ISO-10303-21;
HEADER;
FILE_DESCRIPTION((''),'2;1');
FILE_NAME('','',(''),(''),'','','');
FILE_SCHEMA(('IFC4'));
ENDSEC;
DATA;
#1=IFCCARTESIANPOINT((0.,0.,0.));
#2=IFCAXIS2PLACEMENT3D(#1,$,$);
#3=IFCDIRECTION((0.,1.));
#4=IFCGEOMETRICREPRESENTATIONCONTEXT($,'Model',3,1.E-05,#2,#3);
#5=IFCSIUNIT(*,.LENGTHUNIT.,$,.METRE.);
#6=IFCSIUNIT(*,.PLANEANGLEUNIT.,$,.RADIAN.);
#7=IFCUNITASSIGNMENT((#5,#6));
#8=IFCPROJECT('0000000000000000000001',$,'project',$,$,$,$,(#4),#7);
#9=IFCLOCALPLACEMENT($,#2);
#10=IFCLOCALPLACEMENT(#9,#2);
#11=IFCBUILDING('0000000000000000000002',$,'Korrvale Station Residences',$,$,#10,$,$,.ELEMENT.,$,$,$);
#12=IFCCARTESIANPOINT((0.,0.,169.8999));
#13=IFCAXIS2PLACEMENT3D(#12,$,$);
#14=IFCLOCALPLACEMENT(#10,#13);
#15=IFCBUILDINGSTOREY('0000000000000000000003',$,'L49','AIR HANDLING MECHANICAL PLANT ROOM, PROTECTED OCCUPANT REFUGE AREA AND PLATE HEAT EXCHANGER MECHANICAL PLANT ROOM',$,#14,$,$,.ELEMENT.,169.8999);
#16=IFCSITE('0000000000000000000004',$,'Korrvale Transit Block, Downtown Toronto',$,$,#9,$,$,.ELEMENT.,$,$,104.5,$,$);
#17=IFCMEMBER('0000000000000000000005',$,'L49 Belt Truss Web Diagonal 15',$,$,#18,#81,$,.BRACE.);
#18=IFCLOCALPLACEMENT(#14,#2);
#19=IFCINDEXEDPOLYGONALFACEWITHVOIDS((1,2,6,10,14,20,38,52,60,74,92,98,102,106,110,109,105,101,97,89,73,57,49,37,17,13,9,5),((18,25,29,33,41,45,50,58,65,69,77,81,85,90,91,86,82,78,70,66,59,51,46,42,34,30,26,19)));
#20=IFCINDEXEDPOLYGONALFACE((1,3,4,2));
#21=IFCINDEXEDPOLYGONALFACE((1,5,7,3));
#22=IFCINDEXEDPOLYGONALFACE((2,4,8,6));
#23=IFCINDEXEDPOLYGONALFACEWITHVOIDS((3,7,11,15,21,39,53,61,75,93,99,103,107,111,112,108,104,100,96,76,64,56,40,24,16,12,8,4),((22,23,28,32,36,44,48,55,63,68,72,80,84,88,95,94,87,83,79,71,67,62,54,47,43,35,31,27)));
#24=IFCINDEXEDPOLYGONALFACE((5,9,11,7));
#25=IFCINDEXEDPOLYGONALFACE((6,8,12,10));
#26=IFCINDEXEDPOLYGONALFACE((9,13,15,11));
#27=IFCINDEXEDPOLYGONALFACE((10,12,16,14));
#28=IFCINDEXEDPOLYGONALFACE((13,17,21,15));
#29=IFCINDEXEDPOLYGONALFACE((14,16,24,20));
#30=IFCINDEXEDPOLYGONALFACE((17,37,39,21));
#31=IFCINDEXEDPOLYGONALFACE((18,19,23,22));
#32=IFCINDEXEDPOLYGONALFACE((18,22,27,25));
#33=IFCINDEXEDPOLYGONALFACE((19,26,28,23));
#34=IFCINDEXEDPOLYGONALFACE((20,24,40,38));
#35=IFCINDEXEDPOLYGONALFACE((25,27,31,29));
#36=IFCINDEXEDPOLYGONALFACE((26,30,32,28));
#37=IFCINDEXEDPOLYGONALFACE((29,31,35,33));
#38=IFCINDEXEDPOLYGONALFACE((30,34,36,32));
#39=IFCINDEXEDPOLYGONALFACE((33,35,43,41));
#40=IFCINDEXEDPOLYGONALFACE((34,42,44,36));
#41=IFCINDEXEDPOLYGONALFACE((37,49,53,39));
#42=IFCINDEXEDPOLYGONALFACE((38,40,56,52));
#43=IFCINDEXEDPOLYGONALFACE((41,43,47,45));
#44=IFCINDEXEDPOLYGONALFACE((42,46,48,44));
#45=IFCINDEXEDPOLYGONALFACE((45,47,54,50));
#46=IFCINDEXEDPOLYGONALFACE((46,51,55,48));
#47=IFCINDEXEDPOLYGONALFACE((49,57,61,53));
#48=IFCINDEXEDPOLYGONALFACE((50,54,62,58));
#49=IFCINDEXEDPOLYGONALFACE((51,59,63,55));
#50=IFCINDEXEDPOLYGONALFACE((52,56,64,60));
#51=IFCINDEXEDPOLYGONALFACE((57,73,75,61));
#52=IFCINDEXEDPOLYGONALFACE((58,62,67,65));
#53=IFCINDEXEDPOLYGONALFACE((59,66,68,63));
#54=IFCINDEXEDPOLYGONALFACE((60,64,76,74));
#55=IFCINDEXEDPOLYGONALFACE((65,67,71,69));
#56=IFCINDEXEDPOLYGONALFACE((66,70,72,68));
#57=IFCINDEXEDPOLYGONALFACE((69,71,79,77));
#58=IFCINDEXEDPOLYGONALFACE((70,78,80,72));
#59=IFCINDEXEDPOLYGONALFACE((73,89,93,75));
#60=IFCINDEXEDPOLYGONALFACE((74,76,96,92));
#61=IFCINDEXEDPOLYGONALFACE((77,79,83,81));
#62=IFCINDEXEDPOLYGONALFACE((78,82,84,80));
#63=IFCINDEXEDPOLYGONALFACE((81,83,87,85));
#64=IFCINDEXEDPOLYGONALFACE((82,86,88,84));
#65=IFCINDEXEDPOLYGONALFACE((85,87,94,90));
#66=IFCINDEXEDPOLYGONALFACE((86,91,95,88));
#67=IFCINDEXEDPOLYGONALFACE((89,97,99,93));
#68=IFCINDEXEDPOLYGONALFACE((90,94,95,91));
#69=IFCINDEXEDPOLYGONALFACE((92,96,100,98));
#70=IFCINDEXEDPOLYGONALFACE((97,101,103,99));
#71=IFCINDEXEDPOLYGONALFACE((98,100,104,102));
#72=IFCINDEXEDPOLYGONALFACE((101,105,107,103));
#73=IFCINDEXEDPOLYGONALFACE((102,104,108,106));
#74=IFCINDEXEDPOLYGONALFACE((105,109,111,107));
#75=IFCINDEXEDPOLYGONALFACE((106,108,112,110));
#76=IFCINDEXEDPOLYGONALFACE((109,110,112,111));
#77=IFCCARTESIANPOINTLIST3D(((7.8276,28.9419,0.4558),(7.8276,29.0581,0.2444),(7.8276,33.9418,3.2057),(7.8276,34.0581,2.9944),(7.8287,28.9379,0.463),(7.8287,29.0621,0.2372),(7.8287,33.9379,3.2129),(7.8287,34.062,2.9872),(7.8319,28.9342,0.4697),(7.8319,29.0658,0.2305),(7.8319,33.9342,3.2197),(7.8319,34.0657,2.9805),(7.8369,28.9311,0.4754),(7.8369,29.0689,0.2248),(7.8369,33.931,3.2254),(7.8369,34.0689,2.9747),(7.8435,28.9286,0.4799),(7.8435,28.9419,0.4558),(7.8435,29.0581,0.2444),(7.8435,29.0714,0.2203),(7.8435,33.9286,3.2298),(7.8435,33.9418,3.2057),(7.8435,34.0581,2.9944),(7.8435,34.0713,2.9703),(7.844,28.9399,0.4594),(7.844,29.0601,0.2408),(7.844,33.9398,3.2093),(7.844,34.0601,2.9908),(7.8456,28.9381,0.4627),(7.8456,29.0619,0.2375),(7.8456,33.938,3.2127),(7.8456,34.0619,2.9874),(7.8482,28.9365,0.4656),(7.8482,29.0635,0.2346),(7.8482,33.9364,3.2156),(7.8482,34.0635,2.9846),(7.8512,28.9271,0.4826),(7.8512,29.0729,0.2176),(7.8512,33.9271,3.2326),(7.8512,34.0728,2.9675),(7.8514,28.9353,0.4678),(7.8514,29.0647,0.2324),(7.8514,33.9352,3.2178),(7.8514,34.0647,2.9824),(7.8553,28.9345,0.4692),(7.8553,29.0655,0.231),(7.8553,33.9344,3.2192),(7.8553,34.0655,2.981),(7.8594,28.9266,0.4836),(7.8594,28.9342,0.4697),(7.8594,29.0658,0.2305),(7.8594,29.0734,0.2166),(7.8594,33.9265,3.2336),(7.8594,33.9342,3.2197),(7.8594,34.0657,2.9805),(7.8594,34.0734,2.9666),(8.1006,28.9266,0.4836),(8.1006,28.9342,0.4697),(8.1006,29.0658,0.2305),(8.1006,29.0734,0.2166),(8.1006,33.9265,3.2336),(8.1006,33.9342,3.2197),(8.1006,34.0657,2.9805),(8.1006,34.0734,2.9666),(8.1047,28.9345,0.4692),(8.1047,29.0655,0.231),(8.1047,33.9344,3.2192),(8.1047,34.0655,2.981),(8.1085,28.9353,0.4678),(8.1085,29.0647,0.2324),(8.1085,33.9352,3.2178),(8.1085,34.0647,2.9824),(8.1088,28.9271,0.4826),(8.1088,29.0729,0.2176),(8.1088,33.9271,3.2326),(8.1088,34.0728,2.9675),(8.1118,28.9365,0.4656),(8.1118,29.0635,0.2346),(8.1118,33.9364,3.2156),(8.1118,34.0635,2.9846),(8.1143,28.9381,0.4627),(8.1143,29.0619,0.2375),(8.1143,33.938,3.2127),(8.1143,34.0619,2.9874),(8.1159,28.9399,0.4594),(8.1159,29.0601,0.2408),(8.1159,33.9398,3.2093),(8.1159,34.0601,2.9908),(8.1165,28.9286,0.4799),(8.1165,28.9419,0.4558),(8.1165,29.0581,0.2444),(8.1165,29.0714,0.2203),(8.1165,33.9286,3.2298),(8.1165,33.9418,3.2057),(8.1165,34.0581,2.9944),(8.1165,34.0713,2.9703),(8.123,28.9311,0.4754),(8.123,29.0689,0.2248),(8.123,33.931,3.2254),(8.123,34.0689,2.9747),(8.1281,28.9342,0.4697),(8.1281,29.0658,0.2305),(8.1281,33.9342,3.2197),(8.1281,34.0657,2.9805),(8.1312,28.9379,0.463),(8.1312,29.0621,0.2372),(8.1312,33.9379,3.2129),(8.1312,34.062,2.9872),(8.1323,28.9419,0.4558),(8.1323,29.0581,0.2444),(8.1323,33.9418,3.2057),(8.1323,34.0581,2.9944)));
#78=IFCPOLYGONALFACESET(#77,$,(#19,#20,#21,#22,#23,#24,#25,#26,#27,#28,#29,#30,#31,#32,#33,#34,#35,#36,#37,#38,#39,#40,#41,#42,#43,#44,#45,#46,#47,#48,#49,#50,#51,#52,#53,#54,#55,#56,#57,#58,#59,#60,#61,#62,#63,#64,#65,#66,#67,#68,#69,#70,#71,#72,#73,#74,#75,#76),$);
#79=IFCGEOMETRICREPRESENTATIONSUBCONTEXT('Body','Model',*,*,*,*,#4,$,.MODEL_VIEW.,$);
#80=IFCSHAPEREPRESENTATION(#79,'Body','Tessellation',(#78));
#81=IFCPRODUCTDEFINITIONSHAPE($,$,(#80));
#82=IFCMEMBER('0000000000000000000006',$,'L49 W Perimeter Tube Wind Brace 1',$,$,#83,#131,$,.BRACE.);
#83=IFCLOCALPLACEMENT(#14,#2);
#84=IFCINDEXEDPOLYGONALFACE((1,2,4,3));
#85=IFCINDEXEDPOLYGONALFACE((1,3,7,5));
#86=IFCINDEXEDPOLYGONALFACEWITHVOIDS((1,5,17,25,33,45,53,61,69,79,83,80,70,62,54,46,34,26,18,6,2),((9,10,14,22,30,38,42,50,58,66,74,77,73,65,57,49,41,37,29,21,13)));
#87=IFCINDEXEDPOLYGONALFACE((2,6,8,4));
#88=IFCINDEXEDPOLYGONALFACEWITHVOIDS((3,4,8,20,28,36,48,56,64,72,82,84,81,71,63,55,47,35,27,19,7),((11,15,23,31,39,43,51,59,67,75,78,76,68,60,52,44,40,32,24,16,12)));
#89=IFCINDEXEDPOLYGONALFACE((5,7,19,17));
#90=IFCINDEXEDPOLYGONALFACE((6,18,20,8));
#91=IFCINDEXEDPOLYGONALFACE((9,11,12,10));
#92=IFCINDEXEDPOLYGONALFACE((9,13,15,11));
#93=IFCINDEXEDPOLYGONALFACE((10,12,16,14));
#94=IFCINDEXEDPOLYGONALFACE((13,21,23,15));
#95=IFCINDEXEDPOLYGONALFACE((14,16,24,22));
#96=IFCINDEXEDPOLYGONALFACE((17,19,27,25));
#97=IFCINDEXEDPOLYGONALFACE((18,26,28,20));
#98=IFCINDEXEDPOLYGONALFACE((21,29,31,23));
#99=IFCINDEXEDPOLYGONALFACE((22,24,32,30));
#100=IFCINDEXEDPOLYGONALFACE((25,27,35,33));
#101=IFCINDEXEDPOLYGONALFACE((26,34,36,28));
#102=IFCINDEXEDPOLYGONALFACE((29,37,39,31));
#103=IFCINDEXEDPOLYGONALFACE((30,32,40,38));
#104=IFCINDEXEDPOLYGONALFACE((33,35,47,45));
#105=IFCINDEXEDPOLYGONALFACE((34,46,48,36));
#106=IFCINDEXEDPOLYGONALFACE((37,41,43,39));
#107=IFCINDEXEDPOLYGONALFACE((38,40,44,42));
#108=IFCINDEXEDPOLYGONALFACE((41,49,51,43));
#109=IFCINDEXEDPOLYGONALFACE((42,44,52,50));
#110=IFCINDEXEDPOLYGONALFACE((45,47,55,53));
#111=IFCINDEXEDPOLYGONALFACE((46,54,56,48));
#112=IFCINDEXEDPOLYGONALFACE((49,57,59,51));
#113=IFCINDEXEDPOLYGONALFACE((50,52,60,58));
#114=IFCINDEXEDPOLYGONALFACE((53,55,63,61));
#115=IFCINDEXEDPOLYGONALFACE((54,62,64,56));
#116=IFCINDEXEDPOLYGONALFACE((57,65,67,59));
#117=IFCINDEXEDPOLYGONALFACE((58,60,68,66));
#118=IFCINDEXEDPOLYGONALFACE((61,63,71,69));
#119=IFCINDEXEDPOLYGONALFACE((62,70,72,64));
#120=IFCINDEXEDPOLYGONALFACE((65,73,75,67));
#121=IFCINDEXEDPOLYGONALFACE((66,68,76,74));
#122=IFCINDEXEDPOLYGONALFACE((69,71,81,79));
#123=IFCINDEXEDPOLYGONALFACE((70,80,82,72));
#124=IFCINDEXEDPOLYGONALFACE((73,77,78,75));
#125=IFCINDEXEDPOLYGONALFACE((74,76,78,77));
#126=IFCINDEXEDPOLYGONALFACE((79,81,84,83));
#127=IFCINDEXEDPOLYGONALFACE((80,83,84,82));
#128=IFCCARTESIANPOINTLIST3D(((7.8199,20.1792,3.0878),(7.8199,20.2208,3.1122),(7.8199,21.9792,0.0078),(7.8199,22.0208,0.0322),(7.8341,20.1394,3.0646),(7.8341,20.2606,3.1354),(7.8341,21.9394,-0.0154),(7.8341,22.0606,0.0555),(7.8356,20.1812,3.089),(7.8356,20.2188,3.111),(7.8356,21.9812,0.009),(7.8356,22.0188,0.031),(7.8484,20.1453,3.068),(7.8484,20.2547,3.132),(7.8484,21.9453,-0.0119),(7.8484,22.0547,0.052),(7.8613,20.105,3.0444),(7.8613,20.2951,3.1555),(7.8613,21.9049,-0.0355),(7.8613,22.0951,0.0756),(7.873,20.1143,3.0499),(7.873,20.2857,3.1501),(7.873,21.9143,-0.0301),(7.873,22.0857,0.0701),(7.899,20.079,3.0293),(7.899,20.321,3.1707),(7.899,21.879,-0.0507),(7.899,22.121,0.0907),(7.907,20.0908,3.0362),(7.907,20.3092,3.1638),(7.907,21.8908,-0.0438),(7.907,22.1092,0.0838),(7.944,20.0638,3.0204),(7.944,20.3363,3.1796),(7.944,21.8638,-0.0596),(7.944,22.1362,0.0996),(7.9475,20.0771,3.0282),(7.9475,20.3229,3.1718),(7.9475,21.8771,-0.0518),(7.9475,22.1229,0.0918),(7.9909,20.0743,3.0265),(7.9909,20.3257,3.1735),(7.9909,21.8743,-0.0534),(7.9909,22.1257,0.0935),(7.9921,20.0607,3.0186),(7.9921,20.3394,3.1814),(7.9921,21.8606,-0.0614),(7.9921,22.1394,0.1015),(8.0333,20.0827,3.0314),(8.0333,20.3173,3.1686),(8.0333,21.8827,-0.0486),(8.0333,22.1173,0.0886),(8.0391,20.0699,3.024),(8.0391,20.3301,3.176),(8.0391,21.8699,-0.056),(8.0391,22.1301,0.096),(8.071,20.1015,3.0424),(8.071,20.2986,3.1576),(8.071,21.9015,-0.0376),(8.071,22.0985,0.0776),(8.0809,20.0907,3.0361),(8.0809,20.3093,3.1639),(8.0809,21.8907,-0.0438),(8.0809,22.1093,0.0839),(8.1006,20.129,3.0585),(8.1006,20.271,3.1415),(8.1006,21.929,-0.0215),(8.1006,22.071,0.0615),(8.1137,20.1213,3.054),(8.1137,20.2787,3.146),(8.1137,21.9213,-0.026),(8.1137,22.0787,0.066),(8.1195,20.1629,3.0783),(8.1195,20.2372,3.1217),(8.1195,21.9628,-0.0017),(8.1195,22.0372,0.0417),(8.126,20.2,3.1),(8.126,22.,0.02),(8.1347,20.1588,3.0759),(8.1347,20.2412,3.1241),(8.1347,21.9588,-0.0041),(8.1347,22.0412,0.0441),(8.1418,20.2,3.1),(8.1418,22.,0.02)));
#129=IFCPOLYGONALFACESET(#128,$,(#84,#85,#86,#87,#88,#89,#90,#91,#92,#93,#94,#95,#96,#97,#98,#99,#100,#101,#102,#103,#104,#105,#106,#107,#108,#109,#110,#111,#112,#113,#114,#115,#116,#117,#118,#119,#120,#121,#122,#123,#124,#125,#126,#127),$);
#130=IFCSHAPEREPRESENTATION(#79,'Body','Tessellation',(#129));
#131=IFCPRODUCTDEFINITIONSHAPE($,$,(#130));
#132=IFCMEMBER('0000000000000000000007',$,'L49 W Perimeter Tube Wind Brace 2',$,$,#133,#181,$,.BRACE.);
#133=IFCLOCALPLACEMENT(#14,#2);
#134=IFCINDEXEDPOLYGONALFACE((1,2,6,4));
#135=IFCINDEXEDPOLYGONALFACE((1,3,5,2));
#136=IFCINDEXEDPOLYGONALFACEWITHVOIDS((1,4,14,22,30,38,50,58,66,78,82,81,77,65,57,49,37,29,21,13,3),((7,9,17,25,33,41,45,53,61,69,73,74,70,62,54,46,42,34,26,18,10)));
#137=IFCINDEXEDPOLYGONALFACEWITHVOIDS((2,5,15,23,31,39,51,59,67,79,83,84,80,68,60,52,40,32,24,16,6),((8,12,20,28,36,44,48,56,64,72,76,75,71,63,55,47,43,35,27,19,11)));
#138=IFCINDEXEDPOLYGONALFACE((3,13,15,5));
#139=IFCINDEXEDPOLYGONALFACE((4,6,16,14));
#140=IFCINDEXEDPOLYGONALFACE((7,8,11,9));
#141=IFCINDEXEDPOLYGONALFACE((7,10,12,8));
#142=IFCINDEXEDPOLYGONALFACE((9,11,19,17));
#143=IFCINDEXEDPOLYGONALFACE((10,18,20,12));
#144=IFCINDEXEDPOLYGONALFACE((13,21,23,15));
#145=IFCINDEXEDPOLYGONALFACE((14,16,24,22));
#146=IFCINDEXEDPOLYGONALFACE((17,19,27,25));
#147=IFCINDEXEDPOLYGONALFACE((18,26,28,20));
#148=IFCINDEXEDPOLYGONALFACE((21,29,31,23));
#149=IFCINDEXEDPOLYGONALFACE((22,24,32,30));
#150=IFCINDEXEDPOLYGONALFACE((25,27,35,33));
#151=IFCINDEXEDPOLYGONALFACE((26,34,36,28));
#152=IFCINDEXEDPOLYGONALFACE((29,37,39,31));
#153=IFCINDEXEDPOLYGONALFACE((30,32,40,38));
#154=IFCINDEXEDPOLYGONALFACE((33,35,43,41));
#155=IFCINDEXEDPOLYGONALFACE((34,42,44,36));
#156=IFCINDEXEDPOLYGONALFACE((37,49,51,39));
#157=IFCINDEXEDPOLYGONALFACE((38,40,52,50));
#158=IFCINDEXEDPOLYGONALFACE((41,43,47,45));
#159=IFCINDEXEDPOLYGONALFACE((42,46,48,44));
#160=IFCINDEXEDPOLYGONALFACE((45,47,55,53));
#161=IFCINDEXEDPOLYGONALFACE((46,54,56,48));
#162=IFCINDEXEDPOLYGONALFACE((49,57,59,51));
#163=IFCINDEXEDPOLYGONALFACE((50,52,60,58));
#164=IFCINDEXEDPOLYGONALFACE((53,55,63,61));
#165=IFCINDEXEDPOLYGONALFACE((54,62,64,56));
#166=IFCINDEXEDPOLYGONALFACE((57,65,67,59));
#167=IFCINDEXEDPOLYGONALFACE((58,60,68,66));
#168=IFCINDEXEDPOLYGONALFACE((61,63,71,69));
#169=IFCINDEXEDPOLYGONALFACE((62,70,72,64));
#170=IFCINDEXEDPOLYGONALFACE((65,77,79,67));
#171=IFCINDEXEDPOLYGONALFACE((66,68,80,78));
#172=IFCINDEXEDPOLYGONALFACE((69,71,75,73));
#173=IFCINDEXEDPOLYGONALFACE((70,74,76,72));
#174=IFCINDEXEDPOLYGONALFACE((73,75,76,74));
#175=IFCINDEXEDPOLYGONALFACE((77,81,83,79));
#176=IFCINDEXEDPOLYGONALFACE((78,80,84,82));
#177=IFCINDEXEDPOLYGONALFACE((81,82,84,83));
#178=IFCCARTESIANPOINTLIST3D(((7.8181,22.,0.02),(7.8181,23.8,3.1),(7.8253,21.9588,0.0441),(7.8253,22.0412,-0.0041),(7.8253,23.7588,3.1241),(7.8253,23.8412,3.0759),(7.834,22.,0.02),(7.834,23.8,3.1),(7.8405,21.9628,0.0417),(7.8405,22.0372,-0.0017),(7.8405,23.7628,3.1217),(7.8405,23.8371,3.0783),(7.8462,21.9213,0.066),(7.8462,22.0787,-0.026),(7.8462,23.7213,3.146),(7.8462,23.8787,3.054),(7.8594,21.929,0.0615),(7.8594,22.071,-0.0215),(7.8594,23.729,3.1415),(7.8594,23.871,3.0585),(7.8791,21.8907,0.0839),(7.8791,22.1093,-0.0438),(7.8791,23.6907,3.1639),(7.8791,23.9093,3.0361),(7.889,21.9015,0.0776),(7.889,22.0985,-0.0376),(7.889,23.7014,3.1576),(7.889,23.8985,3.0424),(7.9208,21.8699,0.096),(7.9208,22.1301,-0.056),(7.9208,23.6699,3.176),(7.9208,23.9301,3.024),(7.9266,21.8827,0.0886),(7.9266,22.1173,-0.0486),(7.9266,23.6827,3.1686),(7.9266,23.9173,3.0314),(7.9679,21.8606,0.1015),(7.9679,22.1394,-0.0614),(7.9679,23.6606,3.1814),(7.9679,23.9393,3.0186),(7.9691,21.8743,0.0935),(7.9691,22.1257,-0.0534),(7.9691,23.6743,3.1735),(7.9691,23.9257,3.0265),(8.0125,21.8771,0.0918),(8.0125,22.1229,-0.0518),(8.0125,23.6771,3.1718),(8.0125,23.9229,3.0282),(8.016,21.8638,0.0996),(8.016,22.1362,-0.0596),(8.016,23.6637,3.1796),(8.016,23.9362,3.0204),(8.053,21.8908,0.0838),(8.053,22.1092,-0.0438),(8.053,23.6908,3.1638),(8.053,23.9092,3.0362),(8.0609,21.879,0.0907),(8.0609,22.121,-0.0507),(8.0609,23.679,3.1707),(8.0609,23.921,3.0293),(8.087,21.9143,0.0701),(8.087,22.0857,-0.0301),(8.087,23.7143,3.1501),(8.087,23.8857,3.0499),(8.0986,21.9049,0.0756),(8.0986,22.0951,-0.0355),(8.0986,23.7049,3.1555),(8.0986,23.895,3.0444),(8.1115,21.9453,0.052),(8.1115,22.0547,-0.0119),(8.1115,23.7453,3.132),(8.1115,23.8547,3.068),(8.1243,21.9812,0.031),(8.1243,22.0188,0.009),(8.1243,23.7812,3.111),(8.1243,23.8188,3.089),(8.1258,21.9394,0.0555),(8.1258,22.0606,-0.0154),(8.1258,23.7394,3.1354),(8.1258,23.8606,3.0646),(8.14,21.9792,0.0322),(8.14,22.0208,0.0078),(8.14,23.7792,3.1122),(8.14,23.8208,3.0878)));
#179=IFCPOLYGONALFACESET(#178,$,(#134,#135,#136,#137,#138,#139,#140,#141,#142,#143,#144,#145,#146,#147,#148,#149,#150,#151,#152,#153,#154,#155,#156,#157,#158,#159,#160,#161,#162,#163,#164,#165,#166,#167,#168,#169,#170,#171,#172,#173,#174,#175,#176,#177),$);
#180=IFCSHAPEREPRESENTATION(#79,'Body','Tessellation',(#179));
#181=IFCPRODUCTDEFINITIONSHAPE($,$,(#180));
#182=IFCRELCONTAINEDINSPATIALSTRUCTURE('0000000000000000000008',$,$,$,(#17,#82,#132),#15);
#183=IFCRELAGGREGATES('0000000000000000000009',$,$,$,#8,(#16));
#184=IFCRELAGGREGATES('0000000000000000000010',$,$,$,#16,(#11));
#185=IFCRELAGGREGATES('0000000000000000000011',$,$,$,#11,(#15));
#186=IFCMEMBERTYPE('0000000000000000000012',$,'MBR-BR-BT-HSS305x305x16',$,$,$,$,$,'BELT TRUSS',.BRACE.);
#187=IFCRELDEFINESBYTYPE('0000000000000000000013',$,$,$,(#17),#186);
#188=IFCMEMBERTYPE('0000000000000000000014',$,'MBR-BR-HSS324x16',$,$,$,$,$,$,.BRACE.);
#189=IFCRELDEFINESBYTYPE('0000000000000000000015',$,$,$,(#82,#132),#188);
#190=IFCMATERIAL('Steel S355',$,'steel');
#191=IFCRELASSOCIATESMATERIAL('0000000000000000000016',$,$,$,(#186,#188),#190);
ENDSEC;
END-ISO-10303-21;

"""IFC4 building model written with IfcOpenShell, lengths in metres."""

from ifc_helpers import new_model, si_unit, direction, frame, origin, origin_2d, place, context, subcontext, project, spatial, hollow_rectangle, hollow_circle, extrude, material, material_profile, profile_set, type_object, element, save


model = new_model("IFC4")

# Units and contexts
model_context = context("Model", 3, precision=1e-05, world=origin(), true_north=direction((0.0, 1.0)))
body_context = subcontext(model_context, "Body", "Model", "MODEL_VIEW")
ifc_project = project(units=[si_unit("LENGTHUNIT", "METRE"), si_unit("PLANEANGLEUNIT", "RADIAN")], contexts=[model_context])

# Site, building, storey
site_placement = place(None, origin())
site = spatial("IfcSite", under=ifc_project, at=site_placement, Name="Korrvale Transit Block, Downtown Toronto", CompositionType="ELEMENT", RefElevation=104.5)
building_placement = place(site_placement, origin())
building = spatial("IfcBuilding", under=site, at=building_placement, Name="Korrvale Station Residences", CompositionType="ELEMENT")
storey_placement = place(building_placement, frame((0.0, 0.0, 169.8999)))
storey = spatial("IfcBuildingStorey", under=building, at=storey_placement, Name="L49", Description="AIR HANDLING MECHANICAL PLANT ROOM, PROTECTED OCCUPANT REFUGE AREA AND PLATE HEAT EXCHANGER MECHANICAL PLANT ROOM", CompositionType="ELEMENT", Elevation=169.8999)

# Members
ifc_material_1 = material(Name="Steel S355", Category="steel")
ifc_material_profile_1 = material_profile(ifc_material_1, hollow_rectangle(XDim=0.3047, YDim=0.3047, WallThickness=0.0159, InnerFilletRadius=0.0159, OuterFilletRadius=0.0317, at=origin_2d()), Name="HSS305x305x16")
ifc_profile_set_1 = profile_set([ifc_material_profile_1], Name="Steel S355")
member_type_1 = type_object("IfcMemberType", Name="MBR-BR-BT-HSS305x305x16", ElementType="BELT TRUSS", PredefinedType="BRACE", material=ifc_profile_set_1)
member_1_placement = place(storey_placement, frame((7.98, 29.0, 0.3501), z_axis=(0.0, 0.876216, 0.481919), x_axis=(-1.0, 0.0, 0.0)))
element("IfcMember", 1, at=member_1_placement, inside=storey, type_object=member_type_1, Name="L49 Belt Truss Web Diagonal 15", PredefinedType="BRACE", context=body_context, shape_type="SweptSolid", body=[
    extrude(hollow_rectangle(XDim=0.3047, YDim=0.3047, WallThickness=0.0159, InnerFilletRadius=0.0159, OuterFilletRadius=0.0317, at=origin_2d()), origin(), (0.0, 0.0, 1.0), 5.7063),
])
ifc_material_profile_2 = material_profile(ifc_material_1, hollow_circle(Radius=0.1619, WallThickness=0.0159, at=origin_2d()), Name="HSS324x16")
ifc_profile_set_2 = profile_set([ifc_material_profile_2], Name="Steel S355")
member_type_2 = type_object("IfcMemberType", Name="MBR-BR-HSS324x16", PredefinedType="BRACE", material=ifc_profile_set_2)
for number, where, z_axis, x_axis, name in (
    (2, (7.98, 22.0, 0.02), (0.0, -0.504569, 0.863372), (1.0, 0.0, 0.0), "L49 W Perimeter Tube Wind Brace 1"),
    (3, (7.98, 22.0, 0.02), (0.0, 0.504569, 0.863372), (-1.0, 0.0, 0.0), "L49 W Perimeter Tube Wind Brace 2"),
):
    element("IfcMember", number, at=place(storey_placement, frame(where, z_axis=z_axis, x_axis=x_axis)), inside=storey, type_object=member_type_2, Name=name, PredefinedType="BRACE", context=body_context, shape_type="SweptSolid", body=[
        extrude(hollow_circle(Radius=0.1619, WallThickness=0.0159, at=origin_2d()), origin(), (0.0, 0.0, 1.0), 3.5674),
    ])

save(model, "model.ifc")
